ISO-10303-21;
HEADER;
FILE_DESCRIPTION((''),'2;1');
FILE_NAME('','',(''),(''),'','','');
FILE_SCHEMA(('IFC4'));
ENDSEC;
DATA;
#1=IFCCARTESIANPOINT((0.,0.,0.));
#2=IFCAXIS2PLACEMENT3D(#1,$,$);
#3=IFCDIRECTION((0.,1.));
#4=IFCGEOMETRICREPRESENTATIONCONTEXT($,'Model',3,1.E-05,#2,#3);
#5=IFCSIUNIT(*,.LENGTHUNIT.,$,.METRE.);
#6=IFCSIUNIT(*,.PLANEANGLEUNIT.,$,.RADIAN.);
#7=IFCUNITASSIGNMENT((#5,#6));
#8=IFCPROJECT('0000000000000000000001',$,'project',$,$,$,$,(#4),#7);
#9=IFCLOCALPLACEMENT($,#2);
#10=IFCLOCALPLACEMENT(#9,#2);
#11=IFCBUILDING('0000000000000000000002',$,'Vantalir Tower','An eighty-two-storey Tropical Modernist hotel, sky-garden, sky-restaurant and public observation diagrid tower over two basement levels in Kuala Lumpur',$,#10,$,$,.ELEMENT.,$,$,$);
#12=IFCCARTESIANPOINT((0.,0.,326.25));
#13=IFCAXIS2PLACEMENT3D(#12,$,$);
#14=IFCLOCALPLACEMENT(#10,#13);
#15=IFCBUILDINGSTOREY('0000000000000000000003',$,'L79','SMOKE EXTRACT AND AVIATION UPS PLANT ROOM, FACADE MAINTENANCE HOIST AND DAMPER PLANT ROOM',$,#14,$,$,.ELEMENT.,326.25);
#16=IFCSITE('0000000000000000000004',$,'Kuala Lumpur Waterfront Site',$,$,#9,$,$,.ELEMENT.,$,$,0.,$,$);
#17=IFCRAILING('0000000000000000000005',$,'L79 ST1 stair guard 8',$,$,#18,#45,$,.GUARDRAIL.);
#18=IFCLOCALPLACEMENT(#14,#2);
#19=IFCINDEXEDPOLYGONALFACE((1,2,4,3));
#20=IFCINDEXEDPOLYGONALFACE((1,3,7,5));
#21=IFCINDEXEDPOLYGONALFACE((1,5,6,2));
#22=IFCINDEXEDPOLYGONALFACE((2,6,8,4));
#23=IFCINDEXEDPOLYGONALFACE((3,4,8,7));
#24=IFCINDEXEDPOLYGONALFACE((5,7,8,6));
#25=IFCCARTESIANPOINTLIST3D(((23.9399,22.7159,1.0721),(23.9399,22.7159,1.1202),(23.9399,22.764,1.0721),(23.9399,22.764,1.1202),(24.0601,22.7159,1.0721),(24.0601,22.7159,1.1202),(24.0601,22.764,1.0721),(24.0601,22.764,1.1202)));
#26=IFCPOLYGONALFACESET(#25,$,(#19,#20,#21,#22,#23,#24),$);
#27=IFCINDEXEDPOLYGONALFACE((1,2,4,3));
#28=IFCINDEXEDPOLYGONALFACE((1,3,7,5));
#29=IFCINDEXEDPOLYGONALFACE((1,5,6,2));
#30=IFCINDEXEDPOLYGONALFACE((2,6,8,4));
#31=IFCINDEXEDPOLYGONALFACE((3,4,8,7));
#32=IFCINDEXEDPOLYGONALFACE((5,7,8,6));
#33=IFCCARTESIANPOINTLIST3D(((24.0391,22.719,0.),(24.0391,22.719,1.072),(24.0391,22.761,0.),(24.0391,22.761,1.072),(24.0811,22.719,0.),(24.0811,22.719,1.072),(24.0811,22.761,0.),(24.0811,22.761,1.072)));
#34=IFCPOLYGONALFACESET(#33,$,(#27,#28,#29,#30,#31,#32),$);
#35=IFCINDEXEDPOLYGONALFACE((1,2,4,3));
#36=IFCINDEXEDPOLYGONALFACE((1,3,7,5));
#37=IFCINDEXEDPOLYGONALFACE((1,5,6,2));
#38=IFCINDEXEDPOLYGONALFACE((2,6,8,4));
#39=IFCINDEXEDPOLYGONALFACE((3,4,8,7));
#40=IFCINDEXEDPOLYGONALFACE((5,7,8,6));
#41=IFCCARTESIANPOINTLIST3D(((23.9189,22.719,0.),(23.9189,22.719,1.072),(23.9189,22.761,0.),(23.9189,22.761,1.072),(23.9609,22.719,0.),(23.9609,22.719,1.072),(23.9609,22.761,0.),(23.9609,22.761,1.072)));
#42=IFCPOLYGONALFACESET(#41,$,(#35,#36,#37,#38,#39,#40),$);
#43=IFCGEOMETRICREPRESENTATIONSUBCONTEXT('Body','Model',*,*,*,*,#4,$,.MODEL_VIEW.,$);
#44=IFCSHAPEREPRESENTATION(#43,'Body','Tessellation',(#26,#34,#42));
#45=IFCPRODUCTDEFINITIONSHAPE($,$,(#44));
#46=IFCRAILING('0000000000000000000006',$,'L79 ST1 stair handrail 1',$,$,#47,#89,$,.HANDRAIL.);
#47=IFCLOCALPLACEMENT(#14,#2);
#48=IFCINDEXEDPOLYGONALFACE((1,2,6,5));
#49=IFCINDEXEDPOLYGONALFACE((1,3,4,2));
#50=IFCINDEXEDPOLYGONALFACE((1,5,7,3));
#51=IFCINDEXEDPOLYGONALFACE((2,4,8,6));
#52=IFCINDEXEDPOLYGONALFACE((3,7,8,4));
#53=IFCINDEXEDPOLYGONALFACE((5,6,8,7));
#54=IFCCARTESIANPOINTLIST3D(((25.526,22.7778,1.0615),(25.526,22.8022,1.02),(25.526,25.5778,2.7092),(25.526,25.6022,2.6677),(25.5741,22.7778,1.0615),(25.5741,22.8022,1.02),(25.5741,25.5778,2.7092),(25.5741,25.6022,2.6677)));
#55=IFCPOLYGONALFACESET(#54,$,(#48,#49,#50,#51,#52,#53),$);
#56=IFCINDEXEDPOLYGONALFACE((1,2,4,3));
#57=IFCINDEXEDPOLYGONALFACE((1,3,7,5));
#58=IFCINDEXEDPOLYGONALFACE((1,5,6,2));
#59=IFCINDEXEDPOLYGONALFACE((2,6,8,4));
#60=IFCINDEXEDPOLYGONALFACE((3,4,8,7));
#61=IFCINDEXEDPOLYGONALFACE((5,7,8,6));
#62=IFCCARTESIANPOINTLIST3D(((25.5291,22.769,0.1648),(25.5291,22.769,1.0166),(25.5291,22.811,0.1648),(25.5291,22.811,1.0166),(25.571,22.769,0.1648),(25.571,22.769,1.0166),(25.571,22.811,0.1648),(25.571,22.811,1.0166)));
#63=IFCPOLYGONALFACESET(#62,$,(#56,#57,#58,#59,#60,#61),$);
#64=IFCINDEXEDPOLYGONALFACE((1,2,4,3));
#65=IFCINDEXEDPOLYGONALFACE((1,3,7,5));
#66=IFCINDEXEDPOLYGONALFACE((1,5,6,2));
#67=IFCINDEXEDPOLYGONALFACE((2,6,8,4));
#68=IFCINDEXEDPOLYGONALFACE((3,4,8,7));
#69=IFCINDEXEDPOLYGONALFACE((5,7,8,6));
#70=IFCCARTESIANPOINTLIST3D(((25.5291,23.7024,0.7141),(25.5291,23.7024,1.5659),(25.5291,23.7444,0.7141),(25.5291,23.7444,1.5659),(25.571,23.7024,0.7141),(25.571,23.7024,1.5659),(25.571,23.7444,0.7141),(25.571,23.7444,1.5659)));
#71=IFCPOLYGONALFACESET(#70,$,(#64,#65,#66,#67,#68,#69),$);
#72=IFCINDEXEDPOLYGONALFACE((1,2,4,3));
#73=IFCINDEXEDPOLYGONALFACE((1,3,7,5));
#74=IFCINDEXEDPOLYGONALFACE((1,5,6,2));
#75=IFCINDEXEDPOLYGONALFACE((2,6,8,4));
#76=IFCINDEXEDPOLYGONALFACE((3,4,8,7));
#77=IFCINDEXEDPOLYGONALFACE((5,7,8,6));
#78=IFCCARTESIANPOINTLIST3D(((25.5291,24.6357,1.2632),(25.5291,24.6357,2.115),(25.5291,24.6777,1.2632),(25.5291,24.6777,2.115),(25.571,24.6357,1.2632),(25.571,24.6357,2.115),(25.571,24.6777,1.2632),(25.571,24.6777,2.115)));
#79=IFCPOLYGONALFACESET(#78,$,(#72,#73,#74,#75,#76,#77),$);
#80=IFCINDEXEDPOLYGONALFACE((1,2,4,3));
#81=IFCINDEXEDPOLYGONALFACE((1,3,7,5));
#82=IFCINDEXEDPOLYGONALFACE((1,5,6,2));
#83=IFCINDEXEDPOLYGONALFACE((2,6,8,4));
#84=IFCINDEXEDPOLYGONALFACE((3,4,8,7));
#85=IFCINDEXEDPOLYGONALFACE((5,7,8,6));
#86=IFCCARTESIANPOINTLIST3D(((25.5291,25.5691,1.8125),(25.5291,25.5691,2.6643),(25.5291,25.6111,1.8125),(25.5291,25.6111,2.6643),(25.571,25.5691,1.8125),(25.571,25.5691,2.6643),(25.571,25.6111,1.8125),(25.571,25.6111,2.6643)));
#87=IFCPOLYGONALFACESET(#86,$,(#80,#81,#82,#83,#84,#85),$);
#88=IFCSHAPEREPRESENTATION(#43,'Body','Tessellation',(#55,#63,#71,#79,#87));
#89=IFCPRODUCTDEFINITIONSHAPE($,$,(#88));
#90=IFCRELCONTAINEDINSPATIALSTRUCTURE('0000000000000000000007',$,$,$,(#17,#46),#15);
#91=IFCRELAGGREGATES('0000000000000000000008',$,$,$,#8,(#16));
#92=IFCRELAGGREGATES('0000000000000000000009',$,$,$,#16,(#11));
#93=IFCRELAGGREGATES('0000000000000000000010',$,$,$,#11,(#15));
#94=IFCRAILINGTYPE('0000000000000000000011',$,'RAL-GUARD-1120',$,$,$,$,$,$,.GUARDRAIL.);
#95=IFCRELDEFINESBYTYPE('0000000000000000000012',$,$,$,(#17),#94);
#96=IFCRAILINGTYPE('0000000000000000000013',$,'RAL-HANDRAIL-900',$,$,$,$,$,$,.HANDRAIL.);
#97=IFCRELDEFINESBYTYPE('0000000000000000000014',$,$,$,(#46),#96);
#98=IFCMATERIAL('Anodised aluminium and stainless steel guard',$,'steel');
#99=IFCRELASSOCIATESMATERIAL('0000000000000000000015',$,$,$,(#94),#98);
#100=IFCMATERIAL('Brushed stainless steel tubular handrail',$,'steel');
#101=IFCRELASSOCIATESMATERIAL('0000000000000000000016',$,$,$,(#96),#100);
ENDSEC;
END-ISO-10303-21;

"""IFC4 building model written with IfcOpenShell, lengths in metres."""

from ifc_helpers import new_model, si_unit, direction, frame, origin, origin_2d, place, context, subcontext, project, spatial, rectangle, extrude, material, type_object, element, save


model = new_model("IFC4")

# Units and contexts
model_context = context("Model", 3, precision=1e-05, world=origin(), true_north=direction((0.0, 1.0)))
body_context = subcontext(model_context, "Body", "Model", "MODEL_VIEW")
ifc_project = project(units=[si_unit("LENGTHUNIT", "METRE"), si_unit("PLANEANGLEUNIT", "RADIAN")], contexts=[model_context])

# Site, building, storey
site_placement = place(None, origin())
site = spatial("IfcSite", under=ifc_project, at=site_placement, Name="Kuala Lumpur Waterfront Site", CompositionType="ELEMENT", RefElevation=0.0)
building_placement = place(site_placement, origin())
building = spatial("IfcBuilding", under=site, at=building_placement, Name="Vantalir Tower", Description="An eighty-two-storey Tropical Modernist hotel, sky-garden, sky-restaurant and public observation diagrid tower over two basement levels in Kuala Lumpur", CompositionType="ELEMENT")
storey_placement = place(building_placement, frame((0.0, 0.0, 326.25)))
storey = spatial("IfcBuildingStorey", under=building, at=storey_placement, Name="L79", Description="SMOKE EXTRACT AND AVIATION UPS PLANT ROOM, FACADE MAINTENANCE HOIST AND DAMPER PLANT ROOM", CompositionType="ELEMENT", Elevation=326.25)

# Railings
ifc_material_1 = material(Name="Anodised aluminium and stainless steel guard", Category="steel")
railing_type_1 = type_object("IfcRailingType", Name="RAL-GUARD-1120", PredefinedType="GUARDRAIL", material=ifc_material_1)
railing_1_placement = place(storey_placement, frame((24.0601, 22.74, 0.0)))
element("IfcRailing", 1, at=railing_1_placement, inside=storey, type_object=railing_type_1, Name="L79 ST1 stair guard 8", PredefinedType="GUARDRAIL", context=body_context, shape_type="SweptSolid", body=[
    extrude(rectangle(XDim=0.0481, YDim=0.0481, at=origin_2d()), frame((0.0, 0.0, 1.0962), z_axis=(-1.0, 0.0, 0.0), x_axis=(0.0, -1.0, 0.0)), (0.0, 0.0, 1.0), 0.1201),
    extrude(rectangle(XDim=0.042, YDim=0.042, at=origin_2d()), origin(), (0.0, 0.0, 1.0), 1.072),
    extrude(rectangle(XDim=0.042, YDim=0.042, at=origin_2d()), frame((-0.1201, 0.0, 0.0)), (0.0, 0.0, 1.0), 1.072),
])
ifc_material_2 = material(Name="Brushed stainless steel tubular handrail", Category="steel")
railing_type_2 = type_object("IfcRailingType", Name="RAL-HANDRAIL-900", PredefinedType="HANDRAIL", material=ifc_material_2)
railing_2_placement = place(storey_placement, frame((25.55, 22.79, 0.1648)))
element("IfcRailing", 2, at=railing_2_placement, inside=storey, type_object=railing_type_2, Name="L79 ST1 stair handrail 1", PredefinedType="HANDRAIL", context=body_context, shape_type="SweptSolid", body=[
    extrude(rectangle(XDim=0.0481, YDim=0.0481, at=origin_2d()), frame((0.0, 0.0, 0.876), z_axis=(0.0, 0.861851, 0.507161), x_axis=(-1.0, 0.0, 0.0)), (0.0, 0.0, 1.0), 3.2488),
    extrude(rectangle(XDim=0.042, YDim=0.042, at=origin_2d()), origin(), (0.0, 0.0, 1.0), 0.8518),
    extrude(rectangle(XDim=0.042, YDim=0.042, at=origin_2d()), frame((0.0, 0.9333, 0.5493)), (0.0, 0.0, 1.0), 0.8518),
    extrude(rectangle(XDim=0.042, YDim=0.042, at=origin_2d()), frame((0.0, 1.8667, 1.0984)), (0.0, 0.0, 1.0), 0.8518),
    extrude(rectangle(XDim=0.042, YDim=0.042, at=origin_2d()), frame((0.0, 2.8, 1.6477)), (0.0, 0.0, 1.0), 0.8518),
])

save(model, "model.ifc")
